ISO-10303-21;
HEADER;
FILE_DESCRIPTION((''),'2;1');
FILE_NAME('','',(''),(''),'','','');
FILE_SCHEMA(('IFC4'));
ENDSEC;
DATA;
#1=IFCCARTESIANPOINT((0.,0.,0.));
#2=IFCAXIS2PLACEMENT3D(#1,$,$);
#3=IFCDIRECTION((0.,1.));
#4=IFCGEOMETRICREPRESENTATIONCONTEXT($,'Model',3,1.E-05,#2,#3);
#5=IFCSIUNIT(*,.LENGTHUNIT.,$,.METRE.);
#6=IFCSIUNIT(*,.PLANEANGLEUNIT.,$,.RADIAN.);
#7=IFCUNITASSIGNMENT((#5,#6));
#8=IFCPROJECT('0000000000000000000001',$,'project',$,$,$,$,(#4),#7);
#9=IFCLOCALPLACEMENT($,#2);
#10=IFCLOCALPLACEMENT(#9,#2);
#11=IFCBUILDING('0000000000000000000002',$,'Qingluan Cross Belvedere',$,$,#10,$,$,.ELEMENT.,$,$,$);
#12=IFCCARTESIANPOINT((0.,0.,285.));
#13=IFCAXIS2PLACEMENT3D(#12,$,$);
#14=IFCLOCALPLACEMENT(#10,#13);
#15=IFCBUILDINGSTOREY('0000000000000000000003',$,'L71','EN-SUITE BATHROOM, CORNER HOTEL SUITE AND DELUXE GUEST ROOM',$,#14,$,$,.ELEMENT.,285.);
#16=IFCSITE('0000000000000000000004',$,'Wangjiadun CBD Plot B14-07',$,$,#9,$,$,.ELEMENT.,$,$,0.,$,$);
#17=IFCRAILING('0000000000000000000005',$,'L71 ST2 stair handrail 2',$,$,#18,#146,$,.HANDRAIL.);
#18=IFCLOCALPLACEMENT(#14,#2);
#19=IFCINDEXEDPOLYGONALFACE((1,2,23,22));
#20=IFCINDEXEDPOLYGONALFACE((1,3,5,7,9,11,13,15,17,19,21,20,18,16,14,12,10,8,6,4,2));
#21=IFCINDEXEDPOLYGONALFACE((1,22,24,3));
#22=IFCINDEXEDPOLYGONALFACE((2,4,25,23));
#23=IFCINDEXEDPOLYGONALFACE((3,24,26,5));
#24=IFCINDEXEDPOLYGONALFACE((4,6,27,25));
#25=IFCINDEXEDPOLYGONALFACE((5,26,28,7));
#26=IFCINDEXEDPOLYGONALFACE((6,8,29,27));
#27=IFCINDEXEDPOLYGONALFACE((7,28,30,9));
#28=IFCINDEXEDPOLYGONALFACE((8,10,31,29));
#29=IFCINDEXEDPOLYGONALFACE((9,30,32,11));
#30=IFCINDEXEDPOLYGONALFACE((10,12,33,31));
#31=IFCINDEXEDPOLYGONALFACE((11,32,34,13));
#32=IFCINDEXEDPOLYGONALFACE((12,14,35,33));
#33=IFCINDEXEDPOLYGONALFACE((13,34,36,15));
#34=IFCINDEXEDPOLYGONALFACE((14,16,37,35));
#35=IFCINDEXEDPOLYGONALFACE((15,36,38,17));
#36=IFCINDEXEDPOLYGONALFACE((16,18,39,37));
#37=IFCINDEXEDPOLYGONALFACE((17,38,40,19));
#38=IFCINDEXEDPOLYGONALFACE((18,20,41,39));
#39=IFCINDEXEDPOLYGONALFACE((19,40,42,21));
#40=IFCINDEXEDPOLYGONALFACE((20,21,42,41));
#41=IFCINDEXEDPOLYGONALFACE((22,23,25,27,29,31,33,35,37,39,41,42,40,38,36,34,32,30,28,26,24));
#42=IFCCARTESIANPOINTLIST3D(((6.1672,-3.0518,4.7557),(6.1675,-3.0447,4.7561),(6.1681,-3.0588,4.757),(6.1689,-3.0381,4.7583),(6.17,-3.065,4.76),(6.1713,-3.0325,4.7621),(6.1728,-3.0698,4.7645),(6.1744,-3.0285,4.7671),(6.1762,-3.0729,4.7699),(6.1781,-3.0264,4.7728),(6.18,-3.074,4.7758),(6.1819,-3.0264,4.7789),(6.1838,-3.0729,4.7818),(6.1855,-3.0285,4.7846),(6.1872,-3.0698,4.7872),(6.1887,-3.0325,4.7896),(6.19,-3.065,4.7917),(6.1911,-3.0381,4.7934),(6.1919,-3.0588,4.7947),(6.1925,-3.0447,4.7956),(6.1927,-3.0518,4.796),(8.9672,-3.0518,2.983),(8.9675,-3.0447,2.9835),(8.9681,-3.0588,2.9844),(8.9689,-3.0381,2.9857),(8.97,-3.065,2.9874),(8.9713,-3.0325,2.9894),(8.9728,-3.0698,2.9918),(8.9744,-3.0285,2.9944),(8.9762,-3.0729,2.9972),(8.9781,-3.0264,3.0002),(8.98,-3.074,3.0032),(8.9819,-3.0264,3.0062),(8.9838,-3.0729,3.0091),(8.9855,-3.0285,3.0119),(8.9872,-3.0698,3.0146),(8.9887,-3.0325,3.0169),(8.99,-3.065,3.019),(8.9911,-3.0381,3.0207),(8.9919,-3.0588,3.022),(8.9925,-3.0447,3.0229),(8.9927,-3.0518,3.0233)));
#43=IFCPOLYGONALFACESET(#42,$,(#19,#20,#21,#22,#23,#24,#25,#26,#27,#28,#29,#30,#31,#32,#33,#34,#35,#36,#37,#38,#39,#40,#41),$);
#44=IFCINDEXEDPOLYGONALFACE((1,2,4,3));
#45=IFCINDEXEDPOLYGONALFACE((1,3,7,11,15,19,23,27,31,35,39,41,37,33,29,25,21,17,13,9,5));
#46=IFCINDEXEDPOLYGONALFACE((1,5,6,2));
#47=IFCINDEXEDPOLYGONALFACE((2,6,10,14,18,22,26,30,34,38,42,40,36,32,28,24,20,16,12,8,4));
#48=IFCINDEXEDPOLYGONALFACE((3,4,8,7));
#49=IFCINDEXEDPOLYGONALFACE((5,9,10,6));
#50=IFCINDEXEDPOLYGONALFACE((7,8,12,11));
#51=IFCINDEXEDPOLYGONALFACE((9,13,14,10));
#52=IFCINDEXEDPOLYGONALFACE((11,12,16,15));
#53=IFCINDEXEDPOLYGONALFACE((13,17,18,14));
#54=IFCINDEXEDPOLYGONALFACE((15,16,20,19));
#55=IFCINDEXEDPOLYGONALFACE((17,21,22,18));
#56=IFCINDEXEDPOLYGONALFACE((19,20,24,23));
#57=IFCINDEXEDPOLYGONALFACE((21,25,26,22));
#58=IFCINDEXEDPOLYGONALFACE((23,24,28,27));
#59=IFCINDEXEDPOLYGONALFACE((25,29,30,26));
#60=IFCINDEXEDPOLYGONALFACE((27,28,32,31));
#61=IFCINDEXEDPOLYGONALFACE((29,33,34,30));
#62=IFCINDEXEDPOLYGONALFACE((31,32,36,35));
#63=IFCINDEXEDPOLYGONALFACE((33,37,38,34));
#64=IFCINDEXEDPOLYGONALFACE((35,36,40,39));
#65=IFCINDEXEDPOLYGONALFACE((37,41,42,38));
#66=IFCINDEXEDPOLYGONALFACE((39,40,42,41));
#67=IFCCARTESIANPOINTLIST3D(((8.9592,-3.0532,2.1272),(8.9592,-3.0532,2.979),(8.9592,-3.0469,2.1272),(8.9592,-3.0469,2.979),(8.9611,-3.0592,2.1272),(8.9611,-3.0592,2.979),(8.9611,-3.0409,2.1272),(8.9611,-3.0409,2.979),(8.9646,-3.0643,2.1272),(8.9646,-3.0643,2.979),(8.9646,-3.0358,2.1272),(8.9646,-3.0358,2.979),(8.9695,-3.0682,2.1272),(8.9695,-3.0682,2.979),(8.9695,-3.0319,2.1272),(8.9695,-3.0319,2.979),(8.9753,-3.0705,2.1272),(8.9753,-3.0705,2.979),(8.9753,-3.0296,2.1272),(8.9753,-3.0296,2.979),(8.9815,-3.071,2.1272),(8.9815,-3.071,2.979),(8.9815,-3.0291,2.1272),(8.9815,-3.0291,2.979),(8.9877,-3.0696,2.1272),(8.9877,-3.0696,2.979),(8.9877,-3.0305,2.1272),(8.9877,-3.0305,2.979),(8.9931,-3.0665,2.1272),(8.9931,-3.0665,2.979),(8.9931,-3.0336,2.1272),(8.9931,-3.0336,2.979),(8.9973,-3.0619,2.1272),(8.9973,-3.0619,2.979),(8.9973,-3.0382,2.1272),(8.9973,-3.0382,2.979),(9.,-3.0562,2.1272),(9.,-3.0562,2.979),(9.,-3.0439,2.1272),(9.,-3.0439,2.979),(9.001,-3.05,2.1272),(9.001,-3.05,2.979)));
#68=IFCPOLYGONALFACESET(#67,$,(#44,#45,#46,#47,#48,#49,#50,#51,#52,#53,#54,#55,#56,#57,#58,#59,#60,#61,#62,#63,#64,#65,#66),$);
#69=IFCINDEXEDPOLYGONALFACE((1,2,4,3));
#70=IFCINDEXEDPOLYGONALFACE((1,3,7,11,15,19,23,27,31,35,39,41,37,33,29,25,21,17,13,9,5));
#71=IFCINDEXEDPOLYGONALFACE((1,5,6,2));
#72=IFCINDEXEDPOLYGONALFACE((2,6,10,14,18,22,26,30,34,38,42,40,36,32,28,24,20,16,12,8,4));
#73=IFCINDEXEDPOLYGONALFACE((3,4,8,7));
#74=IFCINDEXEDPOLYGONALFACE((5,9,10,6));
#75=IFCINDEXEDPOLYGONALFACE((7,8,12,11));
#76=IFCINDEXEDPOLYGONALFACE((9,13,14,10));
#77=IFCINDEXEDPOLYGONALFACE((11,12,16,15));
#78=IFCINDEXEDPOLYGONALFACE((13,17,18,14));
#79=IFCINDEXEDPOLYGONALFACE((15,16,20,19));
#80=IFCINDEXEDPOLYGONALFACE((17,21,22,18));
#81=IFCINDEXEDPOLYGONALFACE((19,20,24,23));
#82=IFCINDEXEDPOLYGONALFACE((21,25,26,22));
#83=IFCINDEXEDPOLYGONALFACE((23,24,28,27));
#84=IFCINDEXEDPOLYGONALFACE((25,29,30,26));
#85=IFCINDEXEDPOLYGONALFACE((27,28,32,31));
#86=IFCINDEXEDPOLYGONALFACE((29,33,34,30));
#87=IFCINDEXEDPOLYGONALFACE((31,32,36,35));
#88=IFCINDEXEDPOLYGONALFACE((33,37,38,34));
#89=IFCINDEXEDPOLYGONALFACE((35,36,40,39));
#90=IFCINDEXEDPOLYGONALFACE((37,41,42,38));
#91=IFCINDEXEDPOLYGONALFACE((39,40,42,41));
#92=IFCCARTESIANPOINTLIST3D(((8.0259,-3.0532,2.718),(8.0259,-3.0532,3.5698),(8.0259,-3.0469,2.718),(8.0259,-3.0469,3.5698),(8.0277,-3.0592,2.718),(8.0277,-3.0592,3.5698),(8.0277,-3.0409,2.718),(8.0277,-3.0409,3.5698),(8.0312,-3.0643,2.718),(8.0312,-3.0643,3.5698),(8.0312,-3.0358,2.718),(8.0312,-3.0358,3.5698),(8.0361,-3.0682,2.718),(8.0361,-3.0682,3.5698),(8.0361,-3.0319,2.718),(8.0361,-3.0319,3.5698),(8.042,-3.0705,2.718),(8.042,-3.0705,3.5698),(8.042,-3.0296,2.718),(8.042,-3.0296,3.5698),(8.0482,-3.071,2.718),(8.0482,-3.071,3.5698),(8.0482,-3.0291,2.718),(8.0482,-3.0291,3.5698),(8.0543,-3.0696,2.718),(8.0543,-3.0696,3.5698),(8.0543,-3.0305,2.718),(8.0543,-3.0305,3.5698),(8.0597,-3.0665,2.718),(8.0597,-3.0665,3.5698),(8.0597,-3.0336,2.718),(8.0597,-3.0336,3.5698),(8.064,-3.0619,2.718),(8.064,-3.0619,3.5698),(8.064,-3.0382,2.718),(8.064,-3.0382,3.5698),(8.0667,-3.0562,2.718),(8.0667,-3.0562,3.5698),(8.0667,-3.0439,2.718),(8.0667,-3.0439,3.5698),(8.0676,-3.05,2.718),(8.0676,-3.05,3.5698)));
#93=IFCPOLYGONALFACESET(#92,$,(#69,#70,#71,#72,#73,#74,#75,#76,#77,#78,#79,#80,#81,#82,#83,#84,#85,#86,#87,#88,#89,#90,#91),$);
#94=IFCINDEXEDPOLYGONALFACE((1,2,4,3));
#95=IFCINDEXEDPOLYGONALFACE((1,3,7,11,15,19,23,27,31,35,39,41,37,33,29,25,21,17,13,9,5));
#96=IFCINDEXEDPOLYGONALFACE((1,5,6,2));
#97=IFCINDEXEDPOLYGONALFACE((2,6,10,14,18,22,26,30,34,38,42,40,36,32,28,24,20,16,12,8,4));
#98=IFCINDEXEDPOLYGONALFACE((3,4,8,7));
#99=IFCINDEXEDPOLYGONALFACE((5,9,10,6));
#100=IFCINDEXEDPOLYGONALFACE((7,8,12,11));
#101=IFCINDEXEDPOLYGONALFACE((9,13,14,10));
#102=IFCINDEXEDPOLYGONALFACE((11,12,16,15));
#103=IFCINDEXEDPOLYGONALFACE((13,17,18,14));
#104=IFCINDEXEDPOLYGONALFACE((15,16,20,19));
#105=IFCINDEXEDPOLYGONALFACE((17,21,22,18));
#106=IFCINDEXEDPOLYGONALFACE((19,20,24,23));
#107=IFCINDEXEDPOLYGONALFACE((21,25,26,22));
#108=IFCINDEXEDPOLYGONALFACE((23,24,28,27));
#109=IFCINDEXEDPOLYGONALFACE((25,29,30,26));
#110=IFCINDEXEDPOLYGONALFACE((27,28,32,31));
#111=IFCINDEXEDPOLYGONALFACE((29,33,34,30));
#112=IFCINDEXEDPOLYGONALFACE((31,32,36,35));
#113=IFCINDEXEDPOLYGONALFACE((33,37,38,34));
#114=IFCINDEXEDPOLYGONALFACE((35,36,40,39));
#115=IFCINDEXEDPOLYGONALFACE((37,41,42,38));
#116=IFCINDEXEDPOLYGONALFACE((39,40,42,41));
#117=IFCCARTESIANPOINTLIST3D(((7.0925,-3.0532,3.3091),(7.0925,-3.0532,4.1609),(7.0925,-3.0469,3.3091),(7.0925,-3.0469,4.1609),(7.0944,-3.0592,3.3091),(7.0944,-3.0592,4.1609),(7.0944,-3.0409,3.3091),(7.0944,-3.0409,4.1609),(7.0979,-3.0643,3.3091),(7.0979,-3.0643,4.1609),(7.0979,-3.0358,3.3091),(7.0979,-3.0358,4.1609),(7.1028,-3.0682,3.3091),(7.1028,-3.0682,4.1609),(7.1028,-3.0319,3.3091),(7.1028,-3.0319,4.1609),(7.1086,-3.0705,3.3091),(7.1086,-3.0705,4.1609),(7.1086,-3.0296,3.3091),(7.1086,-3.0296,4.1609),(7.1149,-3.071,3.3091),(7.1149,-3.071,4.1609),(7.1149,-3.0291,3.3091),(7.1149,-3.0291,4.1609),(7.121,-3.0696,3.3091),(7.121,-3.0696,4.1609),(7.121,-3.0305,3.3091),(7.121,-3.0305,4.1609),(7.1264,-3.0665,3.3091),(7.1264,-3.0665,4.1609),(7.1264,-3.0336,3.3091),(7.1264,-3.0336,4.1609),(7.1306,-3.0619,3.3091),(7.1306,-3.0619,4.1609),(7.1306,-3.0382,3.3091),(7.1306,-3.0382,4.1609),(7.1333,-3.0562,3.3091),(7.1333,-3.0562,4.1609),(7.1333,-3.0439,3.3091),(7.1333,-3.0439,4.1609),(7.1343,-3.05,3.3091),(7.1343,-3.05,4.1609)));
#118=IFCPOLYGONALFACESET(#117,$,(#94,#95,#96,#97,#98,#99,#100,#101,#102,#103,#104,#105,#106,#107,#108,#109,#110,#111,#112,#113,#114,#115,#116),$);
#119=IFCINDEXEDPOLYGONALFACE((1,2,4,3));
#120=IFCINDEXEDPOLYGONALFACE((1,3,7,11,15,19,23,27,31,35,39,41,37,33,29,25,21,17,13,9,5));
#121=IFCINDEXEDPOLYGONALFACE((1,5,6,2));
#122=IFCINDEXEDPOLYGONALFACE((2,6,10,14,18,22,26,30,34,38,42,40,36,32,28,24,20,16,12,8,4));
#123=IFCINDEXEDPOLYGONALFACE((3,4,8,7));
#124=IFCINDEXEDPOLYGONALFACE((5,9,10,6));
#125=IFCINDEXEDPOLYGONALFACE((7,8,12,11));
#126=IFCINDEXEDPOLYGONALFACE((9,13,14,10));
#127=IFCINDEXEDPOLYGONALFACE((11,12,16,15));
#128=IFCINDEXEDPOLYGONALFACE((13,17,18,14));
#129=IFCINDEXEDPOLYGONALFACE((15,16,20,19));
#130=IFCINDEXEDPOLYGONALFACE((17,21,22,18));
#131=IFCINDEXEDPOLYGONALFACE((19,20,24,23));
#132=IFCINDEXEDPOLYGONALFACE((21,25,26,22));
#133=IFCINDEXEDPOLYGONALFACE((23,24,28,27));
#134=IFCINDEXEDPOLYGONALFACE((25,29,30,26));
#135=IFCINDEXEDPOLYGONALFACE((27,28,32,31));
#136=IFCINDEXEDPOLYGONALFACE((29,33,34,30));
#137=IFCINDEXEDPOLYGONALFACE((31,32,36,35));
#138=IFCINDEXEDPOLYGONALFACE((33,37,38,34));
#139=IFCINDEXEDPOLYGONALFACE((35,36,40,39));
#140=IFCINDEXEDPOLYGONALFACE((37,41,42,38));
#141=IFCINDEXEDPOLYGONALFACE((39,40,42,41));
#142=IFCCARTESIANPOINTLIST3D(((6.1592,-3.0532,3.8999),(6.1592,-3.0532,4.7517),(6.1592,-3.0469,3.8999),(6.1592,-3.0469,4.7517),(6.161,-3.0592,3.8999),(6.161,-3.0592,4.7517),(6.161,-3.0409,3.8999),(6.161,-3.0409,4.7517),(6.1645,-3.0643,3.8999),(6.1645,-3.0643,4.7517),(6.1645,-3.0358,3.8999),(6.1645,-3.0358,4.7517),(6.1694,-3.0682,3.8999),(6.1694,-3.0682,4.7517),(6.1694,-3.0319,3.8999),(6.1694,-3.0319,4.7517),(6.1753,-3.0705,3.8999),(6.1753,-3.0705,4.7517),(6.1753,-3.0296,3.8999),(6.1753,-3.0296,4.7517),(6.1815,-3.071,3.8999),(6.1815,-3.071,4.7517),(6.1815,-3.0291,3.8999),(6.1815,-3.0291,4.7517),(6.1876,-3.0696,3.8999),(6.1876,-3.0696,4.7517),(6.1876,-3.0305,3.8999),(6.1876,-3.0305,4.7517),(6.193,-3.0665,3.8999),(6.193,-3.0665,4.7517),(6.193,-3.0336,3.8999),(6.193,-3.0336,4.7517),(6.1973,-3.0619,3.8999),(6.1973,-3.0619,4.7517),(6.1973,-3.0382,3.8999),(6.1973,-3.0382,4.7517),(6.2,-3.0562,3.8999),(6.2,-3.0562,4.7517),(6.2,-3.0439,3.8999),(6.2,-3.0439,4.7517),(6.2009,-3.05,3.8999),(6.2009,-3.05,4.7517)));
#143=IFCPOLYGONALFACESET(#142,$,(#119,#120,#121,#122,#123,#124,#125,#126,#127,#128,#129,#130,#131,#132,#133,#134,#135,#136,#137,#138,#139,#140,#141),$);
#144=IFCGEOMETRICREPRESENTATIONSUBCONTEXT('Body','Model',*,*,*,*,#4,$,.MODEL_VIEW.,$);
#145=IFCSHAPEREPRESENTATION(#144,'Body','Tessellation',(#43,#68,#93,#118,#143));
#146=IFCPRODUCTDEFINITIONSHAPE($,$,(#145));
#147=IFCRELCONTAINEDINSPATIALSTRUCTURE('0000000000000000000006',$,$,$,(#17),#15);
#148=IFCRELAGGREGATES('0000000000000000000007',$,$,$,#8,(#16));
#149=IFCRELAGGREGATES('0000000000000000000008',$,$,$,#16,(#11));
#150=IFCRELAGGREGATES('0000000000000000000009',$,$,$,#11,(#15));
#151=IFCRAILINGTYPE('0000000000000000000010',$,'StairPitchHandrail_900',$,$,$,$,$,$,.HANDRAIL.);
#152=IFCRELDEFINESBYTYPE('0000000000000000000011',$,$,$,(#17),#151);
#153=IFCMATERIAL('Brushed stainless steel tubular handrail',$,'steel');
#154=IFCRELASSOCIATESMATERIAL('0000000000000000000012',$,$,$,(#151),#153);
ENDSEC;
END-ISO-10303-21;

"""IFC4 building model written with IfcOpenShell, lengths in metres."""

from ifc_helpers import new_model, si_unit, direction, frame, origin, origin_2d, place, context, subcontext, project, spatial, circle, extrude, material, type_object, element, save


model = new_model("IFC4")

# Units and contexts
model_context = context("Model", 3, precision=1e-05, world=origin(), true_north=direction((0.0, 1.0)))
body_context = subcontext(model_context, "Body", "Model", "MODEL_VIEW")
ifc_project = project(units=[si_unit("LENGTHUNIT", "METRE"), si_unit("PLANEANGLEUNIT", "RADIAN")], contexts=[model_context])

# Site, building, storey
site_placement = place(None, origin())
site = spatial("IfcSite", under=ifc_project, at=site_placement, Name="Wangjiadun CBD Plot B14-07", CompositionType="ELEMENT", RefElevation=0.0)
building_placement = place(site_placement, origin())
building = spatial("IfcBuilding", under=site, at=building_placement, Name="Qingluan Cross Belvedere", CompositionType="ELEMENT")
storey_placement = place(building_placement, frame((0.0, 0.0, 285.0)))
storey = spatial("IfcBuildingStorey", under=building, at=storey_placement, Name="L71", Description="EN-SUITE BATHROOM, CORNER HOTEL SUITE AND DELUXE GUEST ROOM", CompositionType="ELEMENT", Elevation=285.0)

# Railing
ifc_material_1 = material(Name="Brushed stainless steel tubular handrail", Category="steel")
railing_type_1 = type_object("IfcRailingType", Name="StairPitchHandrail_900", PredefinedType="HANDRAIL", material=ifc_material_1)
railing_1_placement = place(storey_placement, frame((8.98, -3.05, 2.1272)))
element("IfcRailing", 1, at=railing_1_placement, inside=storey, type_object=railing_type_1, Name="L71 ST2 stair handrail 2", PredefinedType="HANDRAIL", context=body_context, shape_type="SweptSolid", body=[
    extrude(circle(Radius=0.0239, at=origin_2d()), frame((0.0, 0.0, 0.876), z_axis=(-0.844909, 0.0, 0.53491), x_axis=(0.0, -1.0, 0.0)), (0.0, 0.0, 1.0), 3.314),
    extrude(circle(Radius=0.021, at=origin_2d()), origin(), (0.0, 0.0, 1.0), 0.8518),
    extrude(circle(Radius=0.021, at=origin_2d()), frame((-0.9333, 0.0, 0.5908)), (0.0, 0.0, 1.0), 0.8518),
    extrude(circle(Radius=0.021, at=origin_2d()), frame((-1.8667, 0.0, 1.1819)), (0.0, 0.0, 1.0), 0.8518),
    extrude(circle(Radius=0.021, at=origin_2d()), frame((-2.8, 0.0, 1.7727)), (0.0, 0.0, 1.0), 0.8518),
])

save(model, "model.ifc")
